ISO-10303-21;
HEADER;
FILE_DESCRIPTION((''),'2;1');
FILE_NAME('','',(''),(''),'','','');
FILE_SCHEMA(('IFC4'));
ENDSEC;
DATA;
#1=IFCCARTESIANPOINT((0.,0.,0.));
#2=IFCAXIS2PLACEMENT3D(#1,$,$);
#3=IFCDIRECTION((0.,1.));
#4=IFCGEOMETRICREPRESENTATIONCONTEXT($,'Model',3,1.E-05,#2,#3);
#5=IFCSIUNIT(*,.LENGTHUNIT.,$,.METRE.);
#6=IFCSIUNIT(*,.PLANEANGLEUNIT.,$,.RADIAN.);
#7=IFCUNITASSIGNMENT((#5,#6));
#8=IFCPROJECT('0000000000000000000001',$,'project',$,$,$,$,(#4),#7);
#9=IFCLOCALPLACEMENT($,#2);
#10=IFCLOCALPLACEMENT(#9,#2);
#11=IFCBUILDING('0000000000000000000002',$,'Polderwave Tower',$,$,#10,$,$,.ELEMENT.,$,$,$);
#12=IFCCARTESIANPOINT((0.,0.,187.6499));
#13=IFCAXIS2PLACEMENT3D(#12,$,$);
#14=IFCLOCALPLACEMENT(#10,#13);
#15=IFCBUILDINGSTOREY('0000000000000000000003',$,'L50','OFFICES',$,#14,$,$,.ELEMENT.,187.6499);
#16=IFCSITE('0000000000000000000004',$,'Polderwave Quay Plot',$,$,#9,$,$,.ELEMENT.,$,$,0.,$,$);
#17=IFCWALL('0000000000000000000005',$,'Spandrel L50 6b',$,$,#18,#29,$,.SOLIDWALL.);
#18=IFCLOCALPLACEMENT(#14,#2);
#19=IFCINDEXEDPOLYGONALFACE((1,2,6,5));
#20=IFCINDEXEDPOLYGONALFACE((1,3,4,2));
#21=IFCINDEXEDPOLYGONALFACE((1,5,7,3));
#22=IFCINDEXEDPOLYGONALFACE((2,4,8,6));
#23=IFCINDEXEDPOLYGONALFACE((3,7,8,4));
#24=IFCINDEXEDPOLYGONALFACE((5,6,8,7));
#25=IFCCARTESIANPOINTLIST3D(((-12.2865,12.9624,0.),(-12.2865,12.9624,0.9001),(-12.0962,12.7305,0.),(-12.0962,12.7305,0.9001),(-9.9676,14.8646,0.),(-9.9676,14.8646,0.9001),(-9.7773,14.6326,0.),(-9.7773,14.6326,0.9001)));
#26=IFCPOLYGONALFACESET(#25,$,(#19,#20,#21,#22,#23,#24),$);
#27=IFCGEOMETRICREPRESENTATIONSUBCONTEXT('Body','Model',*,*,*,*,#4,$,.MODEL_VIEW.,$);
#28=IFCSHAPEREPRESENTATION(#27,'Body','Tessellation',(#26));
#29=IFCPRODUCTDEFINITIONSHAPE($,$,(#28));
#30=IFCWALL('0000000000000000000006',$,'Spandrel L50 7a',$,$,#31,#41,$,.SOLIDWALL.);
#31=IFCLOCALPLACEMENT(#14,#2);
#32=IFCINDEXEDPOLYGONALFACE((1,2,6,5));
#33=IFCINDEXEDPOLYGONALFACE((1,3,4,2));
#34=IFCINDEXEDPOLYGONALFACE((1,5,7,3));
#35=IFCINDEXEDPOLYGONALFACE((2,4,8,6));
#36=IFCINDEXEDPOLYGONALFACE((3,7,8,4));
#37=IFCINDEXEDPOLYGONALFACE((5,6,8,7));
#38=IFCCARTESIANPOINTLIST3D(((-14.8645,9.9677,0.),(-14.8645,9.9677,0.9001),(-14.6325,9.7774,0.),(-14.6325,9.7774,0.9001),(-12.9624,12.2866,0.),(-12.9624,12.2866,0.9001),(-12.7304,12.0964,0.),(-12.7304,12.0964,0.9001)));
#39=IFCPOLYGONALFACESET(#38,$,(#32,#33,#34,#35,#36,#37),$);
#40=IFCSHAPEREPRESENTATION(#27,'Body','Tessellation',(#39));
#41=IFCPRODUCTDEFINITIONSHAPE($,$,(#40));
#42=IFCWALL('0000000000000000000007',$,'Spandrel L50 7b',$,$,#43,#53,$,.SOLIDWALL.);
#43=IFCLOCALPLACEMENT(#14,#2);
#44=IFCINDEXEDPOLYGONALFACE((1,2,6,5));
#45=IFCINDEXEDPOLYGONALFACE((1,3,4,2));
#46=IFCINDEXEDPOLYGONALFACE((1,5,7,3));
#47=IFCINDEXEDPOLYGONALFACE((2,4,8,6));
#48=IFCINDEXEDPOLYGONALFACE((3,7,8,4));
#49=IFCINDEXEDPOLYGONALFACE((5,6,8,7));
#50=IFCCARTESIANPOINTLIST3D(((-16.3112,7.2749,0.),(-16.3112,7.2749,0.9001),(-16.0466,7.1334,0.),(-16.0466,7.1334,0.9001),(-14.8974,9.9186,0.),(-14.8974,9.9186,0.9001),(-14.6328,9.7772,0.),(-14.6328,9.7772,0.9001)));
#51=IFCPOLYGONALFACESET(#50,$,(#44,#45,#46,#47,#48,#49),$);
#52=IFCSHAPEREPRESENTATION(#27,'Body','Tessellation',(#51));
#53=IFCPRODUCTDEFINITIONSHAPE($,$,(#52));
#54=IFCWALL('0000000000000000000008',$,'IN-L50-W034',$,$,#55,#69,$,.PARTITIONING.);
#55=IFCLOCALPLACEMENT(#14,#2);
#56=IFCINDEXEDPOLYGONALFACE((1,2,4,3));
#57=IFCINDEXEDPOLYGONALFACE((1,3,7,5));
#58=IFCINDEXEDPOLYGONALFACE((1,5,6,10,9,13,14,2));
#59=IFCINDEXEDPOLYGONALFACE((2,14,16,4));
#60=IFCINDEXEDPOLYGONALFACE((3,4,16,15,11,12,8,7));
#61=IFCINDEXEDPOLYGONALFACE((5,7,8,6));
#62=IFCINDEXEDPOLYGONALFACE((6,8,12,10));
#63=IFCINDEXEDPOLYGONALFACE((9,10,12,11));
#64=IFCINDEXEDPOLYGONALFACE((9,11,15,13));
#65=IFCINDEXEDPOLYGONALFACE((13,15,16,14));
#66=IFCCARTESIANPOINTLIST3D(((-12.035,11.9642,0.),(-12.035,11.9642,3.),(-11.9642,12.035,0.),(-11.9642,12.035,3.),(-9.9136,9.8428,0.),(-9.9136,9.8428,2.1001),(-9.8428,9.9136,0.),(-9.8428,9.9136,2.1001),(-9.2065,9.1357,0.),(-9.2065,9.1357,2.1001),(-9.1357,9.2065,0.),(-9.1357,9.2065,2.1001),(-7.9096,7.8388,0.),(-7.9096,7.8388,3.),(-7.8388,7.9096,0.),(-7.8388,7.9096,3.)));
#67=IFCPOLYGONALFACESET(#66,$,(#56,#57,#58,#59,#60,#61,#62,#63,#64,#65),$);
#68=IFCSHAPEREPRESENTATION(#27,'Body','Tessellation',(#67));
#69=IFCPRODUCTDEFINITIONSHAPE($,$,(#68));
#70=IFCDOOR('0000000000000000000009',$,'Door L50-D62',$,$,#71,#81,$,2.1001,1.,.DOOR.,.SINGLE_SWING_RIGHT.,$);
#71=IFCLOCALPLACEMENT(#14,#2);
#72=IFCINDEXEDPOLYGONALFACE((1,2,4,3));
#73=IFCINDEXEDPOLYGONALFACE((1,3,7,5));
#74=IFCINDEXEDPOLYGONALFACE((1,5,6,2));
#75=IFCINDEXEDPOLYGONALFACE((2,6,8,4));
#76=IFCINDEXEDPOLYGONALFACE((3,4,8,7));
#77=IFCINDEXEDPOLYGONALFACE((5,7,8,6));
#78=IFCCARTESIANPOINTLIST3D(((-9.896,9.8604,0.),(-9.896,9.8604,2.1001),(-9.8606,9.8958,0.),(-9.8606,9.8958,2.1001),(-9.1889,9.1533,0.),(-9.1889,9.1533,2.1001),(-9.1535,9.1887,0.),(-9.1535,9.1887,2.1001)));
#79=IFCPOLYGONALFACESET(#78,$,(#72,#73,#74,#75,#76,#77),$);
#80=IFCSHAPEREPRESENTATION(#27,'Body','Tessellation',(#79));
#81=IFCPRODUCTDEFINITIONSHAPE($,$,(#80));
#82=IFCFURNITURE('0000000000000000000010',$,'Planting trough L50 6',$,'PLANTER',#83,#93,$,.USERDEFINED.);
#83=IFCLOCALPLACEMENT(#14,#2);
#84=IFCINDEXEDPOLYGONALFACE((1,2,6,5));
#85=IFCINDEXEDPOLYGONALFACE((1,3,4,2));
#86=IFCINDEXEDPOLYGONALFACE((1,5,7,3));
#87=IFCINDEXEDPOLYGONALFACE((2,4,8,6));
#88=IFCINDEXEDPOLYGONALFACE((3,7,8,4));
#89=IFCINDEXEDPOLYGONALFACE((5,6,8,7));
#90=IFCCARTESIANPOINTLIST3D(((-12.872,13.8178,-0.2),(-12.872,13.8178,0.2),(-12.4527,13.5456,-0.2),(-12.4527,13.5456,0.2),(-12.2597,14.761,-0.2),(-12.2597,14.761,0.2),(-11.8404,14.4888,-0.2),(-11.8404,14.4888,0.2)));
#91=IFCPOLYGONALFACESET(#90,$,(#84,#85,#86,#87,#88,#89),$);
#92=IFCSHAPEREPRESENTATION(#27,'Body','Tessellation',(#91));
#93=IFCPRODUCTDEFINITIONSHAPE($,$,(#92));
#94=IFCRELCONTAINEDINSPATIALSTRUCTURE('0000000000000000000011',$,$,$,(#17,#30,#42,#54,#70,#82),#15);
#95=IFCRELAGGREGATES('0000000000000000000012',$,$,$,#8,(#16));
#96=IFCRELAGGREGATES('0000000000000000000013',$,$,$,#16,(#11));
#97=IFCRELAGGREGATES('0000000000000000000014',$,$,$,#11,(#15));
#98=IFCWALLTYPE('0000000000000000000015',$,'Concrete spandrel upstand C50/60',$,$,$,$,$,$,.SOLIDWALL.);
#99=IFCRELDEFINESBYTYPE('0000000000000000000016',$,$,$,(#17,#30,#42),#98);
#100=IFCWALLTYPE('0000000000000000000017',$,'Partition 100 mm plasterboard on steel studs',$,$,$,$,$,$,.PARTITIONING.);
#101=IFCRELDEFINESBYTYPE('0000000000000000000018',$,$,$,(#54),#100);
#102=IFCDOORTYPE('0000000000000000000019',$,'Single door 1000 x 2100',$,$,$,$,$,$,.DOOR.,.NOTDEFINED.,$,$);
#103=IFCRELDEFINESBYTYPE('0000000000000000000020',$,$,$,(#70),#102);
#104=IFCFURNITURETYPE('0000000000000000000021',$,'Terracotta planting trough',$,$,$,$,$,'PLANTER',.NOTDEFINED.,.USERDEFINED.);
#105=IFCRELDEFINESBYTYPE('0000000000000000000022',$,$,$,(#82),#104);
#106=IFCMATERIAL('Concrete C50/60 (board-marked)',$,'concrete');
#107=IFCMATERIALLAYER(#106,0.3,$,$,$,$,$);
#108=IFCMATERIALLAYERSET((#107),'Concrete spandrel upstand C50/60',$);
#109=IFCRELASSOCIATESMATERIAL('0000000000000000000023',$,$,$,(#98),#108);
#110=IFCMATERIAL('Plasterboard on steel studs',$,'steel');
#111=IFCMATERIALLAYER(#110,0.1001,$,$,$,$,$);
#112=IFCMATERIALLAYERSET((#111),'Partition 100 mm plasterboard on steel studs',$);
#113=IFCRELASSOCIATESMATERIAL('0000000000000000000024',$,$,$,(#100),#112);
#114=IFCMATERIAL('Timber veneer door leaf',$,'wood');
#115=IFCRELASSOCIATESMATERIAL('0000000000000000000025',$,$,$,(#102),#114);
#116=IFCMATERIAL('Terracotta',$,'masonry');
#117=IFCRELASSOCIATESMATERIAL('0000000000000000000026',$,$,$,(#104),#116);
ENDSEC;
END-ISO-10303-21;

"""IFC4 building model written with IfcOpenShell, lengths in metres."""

from ifc_helpers import new_model, si_unit, direction, frame, frame_2d, origin, origin_2d, place, context, subcontext, project, spatial, rectangle, extrude, material, layer, layer_set, type_object, element, fill, save


model = new_model("IFC4")

# Units and contexts
model_context = context("Model", 3, precision=1e-05, world=origin(), true_north=direction((0.0, 1.0)))
body_context = subcontext(model_context, "Body", "Model", "MODEL_VIEW")
ifc_project = project(units=[si_unit("LENGTHUNIT", "METRE"), si_unit("PLANEANGLEUNIT", "RADIAN")], contexts=[model_context])

# Site, building, storey
site_placement = place(None, origin())
site = spatial("IfcSite", under=ifc_project, at=site_placement, Name="Polderwave Quay Plot", CompositionType="ELEMENT", RefElevation=0.0)
building_placement = place(site_placement, origin())
building = spatial("IfcBuilding", under=site, at=building_placement, Name="Polderwave Tower", CompositionType="ELEMENT")
storey_placement = place(building_placement, frame((0.0, 0.0, 187.6499)))
storey = spatial("IfcBuildingStorey", under=building, at=storey_placement, Name="L50", Description="OFFICES", CompositionType="ELEMENT", Elevation=187.6499)

# Walls
ifc_material_1 = material(Name="Concrete C50/60 (board-marked)", Category="concrete")
ifc_layer_1 = layer(ifc_material_1, 0.3)
ifc_layer_set_1 = layer_set([ifc_layer_1], Name="Concrete spandrel upstand C50/60")
wall_type_1 = type_object("IfcWallType", Name="Concrete spandrel upstand C50/60", PredefinedType="SOLIDWALL", material=ifc_layer_set_1)
for number, where, z_axis, x_axis, name in (
    (1, (-9.8726, 14.7485, 0.0), (0.0, 0.0, 1.0), (-0.773162, -0.634208, 0.0), "Spandrel L50 6b"),
    (2, (-12.8464, 12.1914, 0.0), (0.0, 0.0, 1.0), (-0.634208, -0.773162, 0.0), "Spandrel L50 7a"),
):
    element("IfcWall", number, at=place(storey_placement, frame(where, z_axis=z_axis, x_axis=x_axis)), inside=storey, type_object=wall_type_1, Name=name, PredefinedType="SOLIDWALL", context=body_context, shape_type="SweptSolid", body=[
        extrude(rectangle(XDim=2.9993, YDim=0.3, at=frame_2d((1.4995, 0.0))), origin(), (0.0, 0.0, 1.0), 0.9001),
    ])
wall_1_placement = place(storey_placement, frame((-14.7651, 9.8479, 0.0), z_axis=(0.0, 0.0, 1.0), x_axis=(-0.471573, -0.881827, 0.0)))
element("IfcWall", 3, at=wall_1_placement, inside=storey, type_object=wall_type_1, Name="Spandrel L50 7b", PredefinedType="SOLIDWALL", context=body_context, shape_type="SweptSolid", body=[
    extrude(rectangle(XDim=2.998, YDim=0.3, at=frame_2d((1.499, 0.0))), origin(), (0.0, 0.0, 1.0), 0.9001),
])

# Wall, opening, door
ifc_material_2 = material(Name="Plasterboard on steel studs", Category="steel")
ifc_layer_2 = layer(ifc_material_2, 0.1001)
ifc_layer_set_2 = layer_set([ifc_layer_2], Name="Partition 100 mm plasterboard on steel studs")
wall_type_2 = type_object("IfcWallType", Name="Partition 100 mm plasterboard on steel studs", PredefinedType="PARTITIONING", material=ifc_layer_set_2)
wall_2_placement = place(storey_placement, frame((-11.9995, 11.9995, 0.0), z_axis=(0.0, 0.0, 1.0), x_axis=(0.707107, -0.707107, 0.0)))
wall_2 = element("IfcWall", 4, at=wall_2_placement, inside=storey, type_object=wall_type_2, Name="IN-L50-W034", PredefinedType="PARTITIONING", context=body_context, shape_type="SweptSolid", body=[
    extrude(rectangle(XDim=5.8342, YDim=0.1001, at=frame_2d((2.917, 0.0))), origin(), (0.0, 0.0, 1.0), 3.0),
])
opening_placement = place(wall_2_placement, frame((3.0, 0.0, 0.0)))
opening = element("IfcOpeningElement", 5, at=opening_placement, cuts=wall_2, PredefinedType="OPENING", context=body_context, shape_type="SweptSolid", body=[
    extrude(rectangle(XDim=1.0, YDim=2.1001, at=frame_2d((0.5, 1.05))), frame((0.0, 0.0601, 0.0), z_axis=(0.0, -1.0, 0.0), x_axis=(1.0, 0.0, 0.0)), (0.0, 0.0, 1.0), 0.1201),
])
ifc_material_3 = material(Name="Timber veneer door leaf", Category="wood")
door_type = type_object("IfcDoorType", Name="Single door 1000 x 2100", OperationType="NOTDEFINED", PredefinedType="DOOR", material=ifc_material_3)
door_placement = place(opening_placement, origin())
door = element("IfcDoor", 6, at=door_placement, inside=storey, type_object=door_type, Name="Door L50-D62", OperationType="SINGLE_SWING_RIGHT", OverallHeight=2.1001, OverallWidth=1.0, PredefinedType="DOOR", context=body_context, shape_type="SweptSolid", body=[
    extrude(rectangle(XDim=1.0, YDim=2.1001, at=frame_2d((0.5, 1.05))), frame((0.0, 0.0249, 0.0), z_axis=(0.0, -1.0, 0.0), x_axis=(1.0, 0.0, 0.0)), (0.0, 0.0, 1.0), 0.05),
])
fill(opening, door)

# Furniture
ifc_material_4 = material(Name="Terracotta", Category="masonry")
furniture_type = type_object("IfcFurnitureType", Name="Terracotta planting trough", ElementType="PLANTER", AssemblyPlace="NOTDEFINED", PredefinedType="USERDEFINED", material=ifc_material_4)
furniture_placement = place(storey_placement, frame((-12.3562, 14.1533, -0.2), z_axis=(0.0, 0.0, 1.0), x_axis=(-0.544499, -0.838762, 0.0)))
element("IfcFurniture", 7, at=furniture_placement, inside=storey, type_object=furniture_type, Name="Planting trough L50 6", ObjectType="PLANTER", PredefinedType="USERDEFINED", context=body_context, shape_type="SweptSolid", body=[
    extrude(rectangle(XDim=1.1245, YDim=0.5, at=origin_2d()), origin(), (0.0, 0.0, 1.0), 0.3999),
])

save(model, "model.ifc")
